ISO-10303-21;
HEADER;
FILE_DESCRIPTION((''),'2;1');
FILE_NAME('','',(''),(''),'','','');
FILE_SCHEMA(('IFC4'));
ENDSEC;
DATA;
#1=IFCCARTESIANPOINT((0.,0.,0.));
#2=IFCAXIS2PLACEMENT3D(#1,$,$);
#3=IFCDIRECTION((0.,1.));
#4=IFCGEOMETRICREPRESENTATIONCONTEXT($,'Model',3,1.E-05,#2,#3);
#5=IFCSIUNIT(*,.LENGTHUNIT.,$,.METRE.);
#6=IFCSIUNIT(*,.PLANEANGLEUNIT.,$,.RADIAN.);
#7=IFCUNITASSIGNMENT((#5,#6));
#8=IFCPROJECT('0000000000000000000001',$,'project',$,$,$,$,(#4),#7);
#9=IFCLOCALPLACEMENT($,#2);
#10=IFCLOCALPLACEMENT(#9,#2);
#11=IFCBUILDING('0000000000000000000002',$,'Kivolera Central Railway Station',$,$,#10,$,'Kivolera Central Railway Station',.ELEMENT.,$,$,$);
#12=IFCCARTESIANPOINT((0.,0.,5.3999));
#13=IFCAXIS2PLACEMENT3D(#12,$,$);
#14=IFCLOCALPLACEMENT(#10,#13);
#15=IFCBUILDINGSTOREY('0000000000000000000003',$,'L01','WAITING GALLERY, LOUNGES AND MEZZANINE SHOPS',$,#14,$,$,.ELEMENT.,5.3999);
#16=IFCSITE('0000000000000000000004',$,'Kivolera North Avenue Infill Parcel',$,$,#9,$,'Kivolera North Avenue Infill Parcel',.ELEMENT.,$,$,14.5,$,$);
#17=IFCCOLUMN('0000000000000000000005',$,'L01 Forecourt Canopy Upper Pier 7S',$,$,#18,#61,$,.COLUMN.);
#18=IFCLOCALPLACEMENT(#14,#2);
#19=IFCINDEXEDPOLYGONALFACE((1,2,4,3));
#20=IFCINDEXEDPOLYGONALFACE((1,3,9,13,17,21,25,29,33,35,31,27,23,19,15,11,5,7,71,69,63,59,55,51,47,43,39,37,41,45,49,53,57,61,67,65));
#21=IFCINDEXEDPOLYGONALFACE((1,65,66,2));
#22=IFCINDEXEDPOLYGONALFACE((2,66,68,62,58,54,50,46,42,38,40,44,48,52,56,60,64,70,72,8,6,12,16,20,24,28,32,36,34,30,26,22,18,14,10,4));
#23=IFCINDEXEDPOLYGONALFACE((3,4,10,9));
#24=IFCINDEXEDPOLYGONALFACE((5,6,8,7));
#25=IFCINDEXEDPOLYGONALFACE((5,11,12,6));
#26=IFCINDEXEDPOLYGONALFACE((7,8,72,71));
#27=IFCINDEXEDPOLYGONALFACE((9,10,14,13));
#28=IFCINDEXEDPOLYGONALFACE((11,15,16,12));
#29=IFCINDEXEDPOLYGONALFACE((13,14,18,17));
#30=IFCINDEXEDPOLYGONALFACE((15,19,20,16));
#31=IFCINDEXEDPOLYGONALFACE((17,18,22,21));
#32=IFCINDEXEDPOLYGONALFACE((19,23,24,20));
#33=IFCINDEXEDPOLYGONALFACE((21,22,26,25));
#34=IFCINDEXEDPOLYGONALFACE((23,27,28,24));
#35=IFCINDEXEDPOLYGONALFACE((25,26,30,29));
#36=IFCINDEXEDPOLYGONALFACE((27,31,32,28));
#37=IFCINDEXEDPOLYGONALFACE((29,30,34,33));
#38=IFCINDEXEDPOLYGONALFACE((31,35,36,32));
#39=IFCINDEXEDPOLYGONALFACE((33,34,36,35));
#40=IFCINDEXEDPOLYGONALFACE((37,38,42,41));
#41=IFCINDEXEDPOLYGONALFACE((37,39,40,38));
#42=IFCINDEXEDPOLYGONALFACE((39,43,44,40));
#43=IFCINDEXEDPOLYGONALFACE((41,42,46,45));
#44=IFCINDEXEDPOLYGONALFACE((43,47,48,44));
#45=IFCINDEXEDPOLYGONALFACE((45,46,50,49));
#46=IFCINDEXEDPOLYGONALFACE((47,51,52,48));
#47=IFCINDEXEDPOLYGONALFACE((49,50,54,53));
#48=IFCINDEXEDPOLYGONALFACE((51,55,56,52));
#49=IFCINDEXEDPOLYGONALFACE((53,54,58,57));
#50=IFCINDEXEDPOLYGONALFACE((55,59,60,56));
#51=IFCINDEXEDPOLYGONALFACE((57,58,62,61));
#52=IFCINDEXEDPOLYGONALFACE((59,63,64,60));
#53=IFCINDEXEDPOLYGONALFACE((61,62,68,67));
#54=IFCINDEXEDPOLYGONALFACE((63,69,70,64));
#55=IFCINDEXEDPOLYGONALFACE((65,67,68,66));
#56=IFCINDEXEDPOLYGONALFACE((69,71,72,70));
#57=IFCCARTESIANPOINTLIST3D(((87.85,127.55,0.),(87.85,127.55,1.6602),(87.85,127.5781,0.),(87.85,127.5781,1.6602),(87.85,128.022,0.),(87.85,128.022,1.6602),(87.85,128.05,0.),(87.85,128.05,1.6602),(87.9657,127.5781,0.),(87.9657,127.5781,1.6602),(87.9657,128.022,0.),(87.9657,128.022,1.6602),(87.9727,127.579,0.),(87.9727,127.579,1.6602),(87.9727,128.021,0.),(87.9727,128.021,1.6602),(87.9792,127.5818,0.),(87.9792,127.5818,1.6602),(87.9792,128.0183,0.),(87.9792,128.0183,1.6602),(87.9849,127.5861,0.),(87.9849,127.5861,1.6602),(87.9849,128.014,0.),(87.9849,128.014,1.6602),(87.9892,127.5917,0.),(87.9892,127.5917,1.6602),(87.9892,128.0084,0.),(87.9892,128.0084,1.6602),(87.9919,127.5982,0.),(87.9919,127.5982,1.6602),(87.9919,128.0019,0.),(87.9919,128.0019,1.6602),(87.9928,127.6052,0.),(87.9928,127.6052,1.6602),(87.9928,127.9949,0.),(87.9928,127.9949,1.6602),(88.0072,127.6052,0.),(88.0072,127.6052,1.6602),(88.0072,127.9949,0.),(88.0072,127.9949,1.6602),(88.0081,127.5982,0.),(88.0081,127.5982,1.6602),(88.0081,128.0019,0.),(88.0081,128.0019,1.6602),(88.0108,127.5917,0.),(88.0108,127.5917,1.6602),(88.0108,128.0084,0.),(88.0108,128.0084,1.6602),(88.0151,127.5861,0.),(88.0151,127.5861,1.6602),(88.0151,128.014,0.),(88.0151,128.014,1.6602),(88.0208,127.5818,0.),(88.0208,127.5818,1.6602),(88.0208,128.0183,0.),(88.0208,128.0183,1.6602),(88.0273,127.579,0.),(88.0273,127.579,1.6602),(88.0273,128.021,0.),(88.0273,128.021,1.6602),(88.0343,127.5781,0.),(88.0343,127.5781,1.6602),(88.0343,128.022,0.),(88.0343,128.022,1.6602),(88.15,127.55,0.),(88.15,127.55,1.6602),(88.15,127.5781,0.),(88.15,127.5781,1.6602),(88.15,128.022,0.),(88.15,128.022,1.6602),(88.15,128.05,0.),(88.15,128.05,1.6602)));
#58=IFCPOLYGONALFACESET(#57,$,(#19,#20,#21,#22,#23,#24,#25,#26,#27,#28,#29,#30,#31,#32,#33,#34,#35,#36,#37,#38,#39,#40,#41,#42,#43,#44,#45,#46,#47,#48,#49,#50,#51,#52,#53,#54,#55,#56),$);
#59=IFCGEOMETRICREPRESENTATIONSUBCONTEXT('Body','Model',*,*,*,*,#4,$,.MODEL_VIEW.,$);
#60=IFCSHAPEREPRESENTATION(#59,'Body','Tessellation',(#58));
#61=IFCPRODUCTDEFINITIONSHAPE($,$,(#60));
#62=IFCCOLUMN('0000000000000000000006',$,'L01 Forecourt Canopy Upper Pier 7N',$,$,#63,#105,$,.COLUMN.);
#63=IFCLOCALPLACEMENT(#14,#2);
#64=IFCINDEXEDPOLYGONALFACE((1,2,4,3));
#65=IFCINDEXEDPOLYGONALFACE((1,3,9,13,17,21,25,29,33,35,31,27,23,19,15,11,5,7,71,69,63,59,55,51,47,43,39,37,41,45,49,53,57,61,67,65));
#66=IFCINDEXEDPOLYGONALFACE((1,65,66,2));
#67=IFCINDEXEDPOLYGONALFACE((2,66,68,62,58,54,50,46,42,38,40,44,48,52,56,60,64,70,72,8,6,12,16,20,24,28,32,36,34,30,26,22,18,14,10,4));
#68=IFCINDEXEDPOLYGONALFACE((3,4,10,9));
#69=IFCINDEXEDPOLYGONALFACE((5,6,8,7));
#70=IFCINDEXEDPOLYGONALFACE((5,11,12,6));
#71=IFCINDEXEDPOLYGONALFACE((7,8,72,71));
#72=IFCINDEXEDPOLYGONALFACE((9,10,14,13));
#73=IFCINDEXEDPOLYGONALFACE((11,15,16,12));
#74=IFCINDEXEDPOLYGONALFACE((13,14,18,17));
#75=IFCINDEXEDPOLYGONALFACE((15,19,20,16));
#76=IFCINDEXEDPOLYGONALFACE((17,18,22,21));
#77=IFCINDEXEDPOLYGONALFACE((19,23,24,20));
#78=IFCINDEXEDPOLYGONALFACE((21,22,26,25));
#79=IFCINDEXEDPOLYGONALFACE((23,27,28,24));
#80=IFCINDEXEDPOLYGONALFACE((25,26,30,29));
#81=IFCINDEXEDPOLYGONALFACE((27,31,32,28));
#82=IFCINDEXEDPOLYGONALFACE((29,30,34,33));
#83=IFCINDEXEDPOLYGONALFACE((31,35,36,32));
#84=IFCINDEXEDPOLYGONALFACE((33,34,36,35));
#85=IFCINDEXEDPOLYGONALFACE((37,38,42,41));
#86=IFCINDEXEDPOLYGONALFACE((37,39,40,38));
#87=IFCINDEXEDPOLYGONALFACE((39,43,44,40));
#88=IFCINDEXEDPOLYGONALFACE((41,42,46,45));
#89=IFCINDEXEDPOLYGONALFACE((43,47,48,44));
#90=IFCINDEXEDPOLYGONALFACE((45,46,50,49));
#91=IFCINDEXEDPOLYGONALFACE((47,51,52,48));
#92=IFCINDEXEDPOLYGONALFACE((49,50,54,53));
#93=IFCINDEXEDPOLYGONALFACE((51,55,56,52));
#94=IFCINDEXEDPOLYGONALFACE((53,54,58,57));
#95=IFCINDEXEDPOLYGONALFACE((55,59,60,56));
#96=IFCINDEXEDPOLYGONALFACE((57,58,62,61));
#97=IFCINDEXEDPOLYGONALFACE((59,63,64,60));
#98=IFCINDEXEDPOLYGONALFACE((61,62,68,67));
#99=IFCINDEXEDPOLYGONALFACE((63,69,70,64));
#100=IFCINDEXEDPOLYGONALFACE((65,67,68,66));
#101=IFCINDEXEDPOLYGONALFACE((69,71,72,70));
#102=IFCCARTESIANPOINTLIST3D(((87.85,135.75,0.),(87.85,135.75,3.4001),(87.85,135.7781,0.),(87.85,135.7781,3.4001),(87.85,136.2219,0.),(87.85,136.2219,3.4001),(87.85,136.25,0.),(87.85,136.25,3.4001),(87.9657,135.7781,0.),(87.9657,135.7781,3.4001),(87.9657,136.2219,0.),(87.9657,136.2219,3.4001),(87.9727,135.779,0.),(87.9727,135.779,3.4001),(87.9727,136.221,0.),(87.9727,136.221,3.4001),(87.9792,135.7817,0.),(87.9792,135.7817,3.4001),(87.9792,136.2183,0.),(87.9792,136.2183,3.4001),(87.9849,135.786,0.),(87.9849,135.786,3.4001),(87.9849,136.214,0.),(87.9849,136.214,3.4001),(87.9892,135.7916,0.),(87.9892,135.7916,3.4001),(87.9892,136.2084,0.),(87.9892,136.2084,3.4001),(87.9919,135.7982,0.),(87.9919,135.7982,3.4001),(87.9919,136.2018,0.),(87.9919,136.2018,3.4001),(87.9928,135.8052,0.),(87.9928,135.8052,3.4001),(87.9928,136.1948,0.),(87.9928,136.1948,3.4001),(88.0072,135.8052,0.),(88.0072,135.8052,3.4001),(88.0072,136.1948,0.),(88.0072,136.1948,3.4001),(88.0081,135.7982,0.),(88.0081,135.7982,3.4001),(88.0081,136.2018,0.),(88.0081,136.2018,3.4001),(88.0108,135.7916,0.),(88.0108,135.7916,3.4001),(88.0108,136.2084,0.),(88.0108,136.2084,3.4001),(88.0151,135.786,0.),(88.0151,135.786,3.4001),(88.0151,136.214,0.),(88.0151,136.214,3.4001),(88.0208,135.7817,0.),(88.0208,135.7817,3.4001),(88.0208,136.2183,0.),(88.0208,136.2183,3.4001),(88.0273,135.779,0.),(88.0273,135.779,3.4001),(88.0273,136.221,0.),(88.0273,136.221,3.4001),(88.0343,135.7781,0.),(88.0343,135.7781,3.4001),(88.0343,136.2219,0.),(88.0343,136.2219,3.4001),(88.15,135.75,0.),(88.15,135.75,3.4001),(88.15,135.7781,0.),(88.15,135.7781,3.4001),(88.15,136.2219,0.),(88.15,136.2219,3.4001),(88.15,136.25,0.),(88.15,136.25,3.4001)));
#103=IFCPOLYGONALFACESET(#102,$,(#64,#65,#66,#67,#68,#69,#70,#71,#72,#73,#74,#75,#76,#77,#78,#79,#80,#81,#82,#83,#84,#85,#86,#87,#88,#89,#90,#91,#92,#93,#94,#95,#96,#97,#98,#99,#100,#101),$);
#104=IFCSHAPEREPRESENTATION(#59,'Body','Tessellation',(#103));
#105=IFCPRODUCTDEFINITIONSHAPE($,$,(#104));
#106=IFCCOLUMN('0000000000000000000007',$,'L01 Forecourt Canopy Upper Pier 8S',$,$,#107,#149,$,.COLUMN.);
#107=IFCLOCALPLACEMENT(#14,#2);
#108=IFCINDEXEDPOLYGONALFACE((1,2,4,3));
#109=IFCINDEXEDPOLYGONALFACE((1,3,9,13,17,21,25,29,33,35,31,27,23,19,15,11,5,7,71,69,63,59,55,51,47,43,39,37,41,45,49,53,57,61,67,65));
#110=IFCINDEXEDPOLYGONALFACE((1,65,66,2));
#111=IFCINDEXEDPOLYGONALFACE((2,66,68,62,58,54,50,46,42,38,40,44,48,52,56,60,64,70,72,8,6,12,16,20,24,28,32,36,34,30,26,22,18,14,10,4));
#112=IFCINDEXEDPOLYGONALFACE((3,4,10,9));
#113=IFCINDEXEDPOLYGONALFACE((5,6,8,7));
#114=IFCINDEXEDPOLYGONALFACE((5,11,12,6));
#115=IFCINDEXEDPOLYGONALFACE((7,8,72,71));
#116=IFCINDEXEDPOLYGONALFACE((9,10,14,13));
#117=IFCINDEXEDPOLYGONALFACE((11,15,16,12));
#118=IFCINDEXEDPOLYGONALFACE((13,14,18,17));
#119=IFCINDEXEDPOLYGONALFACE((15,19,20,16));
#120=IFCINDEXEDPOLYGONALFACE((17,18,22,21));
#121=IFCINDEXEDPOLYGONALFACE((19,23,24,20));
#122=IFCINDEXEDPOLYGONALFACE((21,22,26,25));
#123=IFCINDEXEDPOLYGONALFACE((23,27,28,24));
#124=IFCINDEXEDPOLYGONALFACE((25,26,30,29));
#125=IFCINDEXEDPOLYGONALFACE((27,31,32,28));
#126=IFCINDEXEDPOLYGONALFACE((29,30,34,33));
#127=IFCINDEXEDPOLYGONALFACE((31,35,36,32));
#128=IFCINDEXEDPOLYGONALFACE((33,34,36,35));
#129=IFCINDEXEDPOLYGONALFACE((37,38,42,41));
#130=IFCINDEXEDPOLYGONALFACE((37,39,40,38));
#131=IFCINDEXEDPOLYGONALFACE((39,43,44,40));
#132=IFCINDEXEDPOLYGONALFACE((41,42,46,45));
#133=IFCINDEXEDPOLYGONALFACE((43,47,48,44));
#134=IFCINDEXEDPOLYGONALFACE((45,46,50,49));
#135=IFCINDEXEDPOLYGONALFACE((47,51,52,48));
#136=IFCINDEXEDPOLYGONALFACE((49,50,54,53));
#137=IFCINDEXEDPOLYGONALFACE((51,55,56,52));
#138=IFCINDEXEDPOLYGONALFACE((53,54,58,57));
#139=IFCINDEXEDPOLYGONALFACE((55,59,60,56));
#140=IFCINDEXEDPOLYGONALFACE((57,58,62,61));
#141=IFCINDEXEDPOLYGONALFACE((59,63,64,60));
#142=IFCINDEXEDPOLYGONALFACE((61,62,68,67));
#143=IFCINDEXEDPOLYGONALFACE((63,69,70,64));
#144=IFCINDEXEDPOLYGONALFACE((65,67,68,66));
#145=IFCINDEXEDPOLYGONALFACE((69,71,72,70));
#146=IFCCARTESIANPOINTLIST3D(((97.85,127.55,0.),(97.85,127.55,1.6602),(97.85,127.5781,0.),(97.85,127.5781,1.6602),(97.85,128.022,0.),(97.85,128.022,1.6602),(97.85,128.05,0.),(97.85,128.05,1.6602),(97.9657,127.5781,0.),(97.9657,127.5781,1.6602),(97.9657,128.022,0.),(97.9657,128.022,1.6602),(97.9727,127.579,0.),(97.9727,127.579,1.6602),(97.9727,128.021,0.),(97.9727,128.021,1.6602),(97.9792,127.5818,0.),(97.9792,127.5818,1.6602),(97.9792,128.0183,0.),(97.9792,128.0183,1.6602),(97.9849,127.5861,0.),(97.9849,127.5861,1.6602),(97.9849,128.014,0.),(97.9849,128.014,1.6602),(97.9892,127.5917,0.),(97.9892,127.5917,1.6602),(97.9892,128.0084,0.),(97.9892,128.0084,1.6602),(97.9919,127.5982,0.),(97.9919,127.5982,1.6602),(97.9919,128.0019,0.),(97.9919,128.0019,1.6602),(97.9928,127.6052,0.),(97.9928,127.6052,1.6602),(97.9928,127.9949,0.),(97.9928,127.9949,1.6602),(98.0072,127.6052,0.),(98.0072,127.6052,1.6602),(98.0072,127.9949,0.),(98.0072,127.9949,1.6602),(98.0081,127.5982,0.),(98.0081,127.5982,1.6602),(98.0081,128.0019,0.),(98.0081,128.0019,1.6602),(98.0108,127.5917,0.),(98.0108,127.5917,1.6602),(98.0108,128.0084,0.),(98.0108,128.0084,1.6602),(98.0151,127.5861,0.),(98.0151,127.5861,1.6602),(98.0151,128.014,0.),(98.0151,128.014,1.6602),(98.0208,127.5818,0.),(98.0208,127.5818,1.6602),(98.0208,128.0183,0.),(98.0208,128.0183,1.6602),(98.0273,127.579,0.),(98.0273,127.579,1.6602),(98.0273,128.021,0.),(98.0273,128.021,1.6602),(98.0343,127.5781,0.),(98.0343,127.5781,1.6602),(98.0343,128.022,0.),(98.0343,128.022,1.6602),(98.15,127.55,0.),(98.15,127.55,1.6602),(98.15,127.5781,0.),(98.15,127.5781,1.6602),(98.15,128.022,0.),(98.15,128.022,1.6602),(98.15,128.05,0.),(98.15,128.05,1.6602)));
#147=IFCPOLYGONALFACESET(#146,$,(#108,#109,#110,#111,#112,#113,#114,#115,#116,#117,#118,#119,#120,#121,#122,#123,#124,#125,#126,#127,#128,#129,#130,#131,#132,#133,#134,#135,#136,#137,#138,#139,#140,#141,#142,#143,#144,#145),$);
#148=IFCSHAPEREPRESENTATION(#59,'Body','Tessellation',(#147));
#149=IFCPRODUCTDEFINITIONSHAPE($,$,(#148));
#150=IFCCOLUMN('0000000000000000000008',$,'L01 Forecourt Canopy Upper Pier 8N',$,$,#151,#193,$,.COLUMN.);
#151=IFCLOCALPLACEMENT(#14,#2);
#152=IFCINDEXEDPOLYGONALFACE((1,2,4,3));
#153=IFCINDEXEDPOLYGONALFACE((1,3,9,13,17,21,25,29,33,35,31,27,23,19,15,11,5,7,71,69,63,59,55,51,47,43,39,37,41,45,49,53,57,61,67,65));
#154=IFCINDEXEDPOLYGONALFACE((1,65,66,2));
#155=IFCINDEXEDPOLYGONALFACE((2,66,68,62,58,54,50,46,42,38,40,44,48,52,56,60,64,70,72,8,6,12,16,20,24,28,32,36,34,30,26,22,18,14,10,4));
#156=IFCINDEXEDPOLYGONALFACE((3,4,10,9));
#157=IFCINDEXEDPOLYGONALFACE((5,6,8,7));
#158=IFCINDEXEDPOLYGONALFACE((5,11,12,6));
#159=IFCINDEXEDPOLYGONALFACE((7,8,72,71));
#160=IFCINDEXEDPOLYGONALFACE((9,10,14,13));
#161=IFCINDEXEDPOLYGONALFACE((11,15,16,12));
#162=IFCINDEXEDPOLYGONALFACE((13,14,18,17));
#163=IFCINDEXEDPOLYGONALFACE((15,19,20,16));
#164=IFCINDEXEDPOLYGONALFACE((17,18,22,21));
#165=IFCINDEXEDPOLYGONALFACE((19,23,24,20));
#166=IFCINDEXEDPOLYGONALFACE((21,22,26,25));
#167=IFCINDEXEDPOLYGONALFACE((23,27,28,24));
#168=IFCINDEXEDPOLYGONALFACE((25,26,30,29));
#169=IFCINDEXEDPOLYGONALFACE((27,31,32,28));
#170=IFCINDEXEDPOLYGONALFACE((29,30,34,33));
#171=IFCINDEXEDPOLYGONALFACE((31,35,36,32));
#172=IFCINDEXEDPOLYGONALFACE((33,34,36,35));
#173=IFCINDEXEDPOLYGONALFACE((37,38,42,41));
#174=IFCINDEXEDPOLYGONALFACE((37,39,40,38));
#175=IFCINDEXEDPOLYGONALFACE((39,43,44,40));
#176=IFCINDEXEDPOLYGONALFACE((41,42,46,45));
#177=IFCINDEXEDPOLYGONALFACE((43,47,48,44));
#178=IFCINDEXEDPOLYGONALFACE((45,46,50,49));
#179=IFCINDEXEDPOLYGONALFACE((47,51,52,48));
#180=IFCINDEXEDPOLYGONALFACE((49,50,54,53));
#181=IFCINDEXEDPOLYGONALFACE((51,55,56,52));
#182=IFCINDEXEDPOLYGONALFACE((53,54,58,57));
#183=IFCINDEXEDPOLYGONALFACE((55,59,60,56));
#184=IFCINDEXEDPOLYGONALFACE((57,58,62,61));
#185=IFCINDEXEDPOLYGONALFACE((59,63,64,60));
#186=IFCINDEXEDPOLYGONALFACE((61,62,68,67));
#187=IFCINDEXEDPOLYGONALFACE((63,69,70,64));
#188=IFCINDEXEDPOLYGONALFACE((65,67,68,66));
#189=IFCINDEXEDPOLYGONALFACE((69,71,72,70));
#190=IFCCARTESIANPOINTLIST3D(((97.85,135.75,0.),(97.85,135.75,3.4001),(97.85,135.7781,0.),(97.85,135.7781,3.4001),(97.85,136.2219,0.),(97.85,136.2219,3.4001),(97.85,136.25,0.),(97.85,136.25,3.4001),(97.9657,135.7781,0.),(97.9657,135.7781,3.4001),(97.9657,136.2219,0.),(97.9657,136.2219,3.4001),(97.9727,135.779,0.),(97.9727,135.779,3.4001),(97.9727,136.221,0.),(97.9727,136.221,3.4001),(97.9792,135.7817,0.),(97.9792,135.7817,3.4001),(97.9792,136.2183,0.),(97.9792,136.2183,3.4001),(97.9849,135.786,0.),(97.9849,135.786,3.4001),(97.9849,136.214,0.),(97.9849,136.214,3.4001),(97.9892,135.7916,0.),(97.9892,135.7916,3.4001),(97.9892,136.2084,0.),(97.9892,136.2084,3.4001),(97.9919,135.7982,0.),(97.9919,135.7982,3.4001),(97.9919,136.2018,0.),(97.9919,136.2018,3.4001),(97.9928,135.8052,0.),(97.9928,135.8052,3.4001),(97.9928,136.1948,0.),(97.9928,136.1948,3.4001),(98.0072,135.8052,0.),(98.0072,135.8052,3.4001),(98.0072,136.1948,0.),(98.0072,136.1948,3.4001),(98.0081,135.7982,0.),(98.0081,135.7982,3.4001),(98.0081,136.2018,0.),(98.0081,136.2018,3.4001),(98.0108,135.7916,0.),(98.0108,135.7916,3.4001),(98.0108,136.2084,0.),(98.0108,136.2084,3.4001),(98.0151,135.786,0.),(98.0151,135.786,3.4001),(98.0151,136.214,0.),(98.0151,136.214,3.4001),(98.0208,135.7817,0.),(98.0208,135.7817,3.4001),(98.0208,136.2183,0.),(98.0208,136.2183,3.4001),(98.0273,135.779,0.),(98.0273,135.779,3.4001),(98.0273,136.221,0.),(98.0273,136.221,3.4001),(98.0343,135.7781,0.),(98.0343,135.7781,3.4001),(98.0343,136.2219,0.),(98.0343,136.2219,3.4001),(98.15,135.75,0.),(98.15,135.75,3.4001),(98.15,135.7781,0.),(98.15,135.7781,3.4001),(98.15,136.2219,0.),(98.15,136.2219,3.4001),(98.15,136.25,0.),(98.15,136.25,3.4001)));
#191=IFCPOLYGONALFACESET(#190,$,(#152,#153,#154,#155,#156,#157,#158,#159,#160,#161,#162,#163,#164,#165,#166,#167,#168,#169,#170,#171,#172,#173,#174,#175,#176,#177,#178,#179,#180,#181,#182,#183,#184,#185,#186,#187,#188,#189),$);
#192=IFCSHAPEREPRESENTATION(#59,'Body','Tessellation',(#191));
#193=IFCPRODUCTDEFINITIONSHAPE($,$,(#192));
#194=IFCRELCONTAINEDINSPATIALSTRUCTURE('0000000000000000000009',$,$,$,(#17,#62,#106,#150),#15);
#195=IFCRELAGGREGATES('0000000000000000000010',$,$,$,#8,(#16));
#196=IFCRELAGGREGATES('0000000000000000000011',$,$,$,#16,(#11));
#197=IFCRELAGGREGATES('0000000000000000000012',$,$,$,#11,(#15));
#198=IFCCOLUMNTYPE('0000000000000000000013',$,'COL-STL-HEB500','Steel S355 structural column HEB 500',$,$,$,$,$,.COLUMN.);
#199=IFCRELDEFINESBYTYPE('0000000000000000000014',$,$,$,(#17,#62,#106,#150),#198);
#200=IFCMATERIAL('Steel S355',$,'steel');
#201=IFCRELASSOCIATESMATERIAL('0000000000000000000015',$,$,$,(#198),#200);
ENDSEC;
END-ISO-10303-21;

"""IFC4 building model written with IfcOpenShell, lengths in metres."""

from ifc_helpers import new_model, si_unit, direction, frame, origin, origin_2d, place, context, subcontext, project, spatial, i_section, extrude, material, material_profile, profile_set, type_object, element, save


model = new_model("IFC4")

# Units and contexts
model_context = context("Model", 3, precision=1e-05, world=origin(), true_north=direction((0.0, 1.0)))
body_context = subcontext(model_context, "Body", "Model", "MODEL_VIEW")
ifc_project = project(units=[si_unit("LENGTHUNIT", "METRE"), si_unit("PLANEANGLEUNIT", "RADIAN")], contexts=[model_context])

# Site, building, storey
site_placement = place(None, origin())
site = spatial("IfcSite", under=ifc_project, at=site_placement, Name="Kivolera North Avenue Infill Parcel", LongName="Kivolera North Avenue Infill Parcel", CompositionType="ELEMENT", RefElevation=14.5)
building_placement = place(site_placement, origin())
building = spatial("IfcBuilding", under=site, at=building_placement, Name="Kivolera Central Railway Station", LongName="Kivolera Central Railway Station", CompositionType="ELEMENT")
storey_placement = place(building_placement, frame((0.0, 0.0, 5.3999)))
storey = spatial("IfcBuildingStorey", under=building, at=storey_placement, Name="L01", Description="WAITING GALLERY, LOUNGES AND MEZZANINE SHOPS", CompositionType="ELEMENT", Elevation=5.3999)

# Columns
ifc_material_1 = material(Name="Steel S355", Category="steel")
ifc_material_profile_1 = material_profile(ifc_material_1, i_section(OverallWidth=0.3, OverallDepth=0.5, WebThickness=0.0144, FlangeThickness=0.0281, FilletRadius=0.0271, at=origin_2d()), Name="HEB 500")
ifc_profile_set_1 = profile_set([ifc_material_profile_1], Name="Steel S355")
column_type = type_object("IfcColumnType", Name="COL-STL-HEB500", Description="Steel S355 structural column HEB 500", PredefinedType="COLUMN", material=ifc_profile_set_1)
column_1_placement = place(storey_placement, frame((88.0, 127.8, 0.0), z_axis=(0.0, 0.0, 1.0), x_axis=(1.0, 0.0, 0.0)))
element("IfcColumn", 1, at=column_1_placement, inside=storey, type_object=column_type, Name="L01 Forecourt Canopy Upper Pier 7S", PredefinedType="COLUMN", context=body_context, shape_type="SweptSolid", body=[
    extrude(i_section(OverallWidth=0.3, OverallDepth=0.5, WebThickness=0.0144, FlangeThickness=0.0281, FilletRadius=0.0271, at=origin_2d()), origin(), (0.0, 0.0, 1.0), 1.6602),
])
column_2_placement = place(storey_placement, frame((88.0, 136.0, 0.0), z_axis=(0.0, 0.0, 1.0), x_axis=(1.0, 0.0, 0.0)))
element("IfcColumn", 2, at=column_2_placement, inside=storey, type_object=column_type, Name="L01 Forecourt Canopy Upper Pier 7N", PredefinedType="COLUMN", context=body_context, shape_type="SweptSolid", body=[
    extrude(i_section(OverallWidth=0.3, OverallDepth=0.5, WebThickness=0.0144, FlangeThickness=0.0281, FilletRadius=0.0271, at=origin_2d()), origin(), (0.0, 0.0, 1.0), 3.4001),
])
column_3_placement = place(storey_placement, frame((98.0, 127.8, 0.0), z_axis=(0.0, 0.0, 1.0), x_axis=(1.0, 0.0, 0.0)))
element("IfcColumn", 3, at=column_3_placement, inside=storey, type_object=column_type, Name="L01 Forecourt Canopy Upper Pier 8S", PredefinedType="COLUMN", context=body_context, shape_type="SweptSolid", body=[
    extrude(i_section(OverallWidth=0.3, OverallDepth=0.5, WebThickness=0.0144, FlangeThickness=0.0281, FilletRadius=0.0271, at=origin_2d()), origin(), (0.0, 0.0, 1.0), 1.6602),
])
column_4_placement = place(storey_placement, frame((98.0, 136.0, 0.0), z_axis=(0.0, 0.0, 1.0), x_axis=(1.0, 0.0, 0.0)))
element("IfcColumn", 4, at=column_4_placement, inside=storey, type_object=column_type, Name="L01 Forecourt Canopy Upper Pier 8N", PredefinedType="COLUMN", context=body_context, shape_type="SweptSolid", body=[
    extrude(i_section(OverallWidth=0.3, OverallDepth=0.5, WebThickness=0.0144, FlangeThickness=0.0281, FilletRadius=0.0271, at=origin_2d()), origin(), (0.0, 0.0, 1.0), 3.4001),
])

save(model, "model.ifc")
